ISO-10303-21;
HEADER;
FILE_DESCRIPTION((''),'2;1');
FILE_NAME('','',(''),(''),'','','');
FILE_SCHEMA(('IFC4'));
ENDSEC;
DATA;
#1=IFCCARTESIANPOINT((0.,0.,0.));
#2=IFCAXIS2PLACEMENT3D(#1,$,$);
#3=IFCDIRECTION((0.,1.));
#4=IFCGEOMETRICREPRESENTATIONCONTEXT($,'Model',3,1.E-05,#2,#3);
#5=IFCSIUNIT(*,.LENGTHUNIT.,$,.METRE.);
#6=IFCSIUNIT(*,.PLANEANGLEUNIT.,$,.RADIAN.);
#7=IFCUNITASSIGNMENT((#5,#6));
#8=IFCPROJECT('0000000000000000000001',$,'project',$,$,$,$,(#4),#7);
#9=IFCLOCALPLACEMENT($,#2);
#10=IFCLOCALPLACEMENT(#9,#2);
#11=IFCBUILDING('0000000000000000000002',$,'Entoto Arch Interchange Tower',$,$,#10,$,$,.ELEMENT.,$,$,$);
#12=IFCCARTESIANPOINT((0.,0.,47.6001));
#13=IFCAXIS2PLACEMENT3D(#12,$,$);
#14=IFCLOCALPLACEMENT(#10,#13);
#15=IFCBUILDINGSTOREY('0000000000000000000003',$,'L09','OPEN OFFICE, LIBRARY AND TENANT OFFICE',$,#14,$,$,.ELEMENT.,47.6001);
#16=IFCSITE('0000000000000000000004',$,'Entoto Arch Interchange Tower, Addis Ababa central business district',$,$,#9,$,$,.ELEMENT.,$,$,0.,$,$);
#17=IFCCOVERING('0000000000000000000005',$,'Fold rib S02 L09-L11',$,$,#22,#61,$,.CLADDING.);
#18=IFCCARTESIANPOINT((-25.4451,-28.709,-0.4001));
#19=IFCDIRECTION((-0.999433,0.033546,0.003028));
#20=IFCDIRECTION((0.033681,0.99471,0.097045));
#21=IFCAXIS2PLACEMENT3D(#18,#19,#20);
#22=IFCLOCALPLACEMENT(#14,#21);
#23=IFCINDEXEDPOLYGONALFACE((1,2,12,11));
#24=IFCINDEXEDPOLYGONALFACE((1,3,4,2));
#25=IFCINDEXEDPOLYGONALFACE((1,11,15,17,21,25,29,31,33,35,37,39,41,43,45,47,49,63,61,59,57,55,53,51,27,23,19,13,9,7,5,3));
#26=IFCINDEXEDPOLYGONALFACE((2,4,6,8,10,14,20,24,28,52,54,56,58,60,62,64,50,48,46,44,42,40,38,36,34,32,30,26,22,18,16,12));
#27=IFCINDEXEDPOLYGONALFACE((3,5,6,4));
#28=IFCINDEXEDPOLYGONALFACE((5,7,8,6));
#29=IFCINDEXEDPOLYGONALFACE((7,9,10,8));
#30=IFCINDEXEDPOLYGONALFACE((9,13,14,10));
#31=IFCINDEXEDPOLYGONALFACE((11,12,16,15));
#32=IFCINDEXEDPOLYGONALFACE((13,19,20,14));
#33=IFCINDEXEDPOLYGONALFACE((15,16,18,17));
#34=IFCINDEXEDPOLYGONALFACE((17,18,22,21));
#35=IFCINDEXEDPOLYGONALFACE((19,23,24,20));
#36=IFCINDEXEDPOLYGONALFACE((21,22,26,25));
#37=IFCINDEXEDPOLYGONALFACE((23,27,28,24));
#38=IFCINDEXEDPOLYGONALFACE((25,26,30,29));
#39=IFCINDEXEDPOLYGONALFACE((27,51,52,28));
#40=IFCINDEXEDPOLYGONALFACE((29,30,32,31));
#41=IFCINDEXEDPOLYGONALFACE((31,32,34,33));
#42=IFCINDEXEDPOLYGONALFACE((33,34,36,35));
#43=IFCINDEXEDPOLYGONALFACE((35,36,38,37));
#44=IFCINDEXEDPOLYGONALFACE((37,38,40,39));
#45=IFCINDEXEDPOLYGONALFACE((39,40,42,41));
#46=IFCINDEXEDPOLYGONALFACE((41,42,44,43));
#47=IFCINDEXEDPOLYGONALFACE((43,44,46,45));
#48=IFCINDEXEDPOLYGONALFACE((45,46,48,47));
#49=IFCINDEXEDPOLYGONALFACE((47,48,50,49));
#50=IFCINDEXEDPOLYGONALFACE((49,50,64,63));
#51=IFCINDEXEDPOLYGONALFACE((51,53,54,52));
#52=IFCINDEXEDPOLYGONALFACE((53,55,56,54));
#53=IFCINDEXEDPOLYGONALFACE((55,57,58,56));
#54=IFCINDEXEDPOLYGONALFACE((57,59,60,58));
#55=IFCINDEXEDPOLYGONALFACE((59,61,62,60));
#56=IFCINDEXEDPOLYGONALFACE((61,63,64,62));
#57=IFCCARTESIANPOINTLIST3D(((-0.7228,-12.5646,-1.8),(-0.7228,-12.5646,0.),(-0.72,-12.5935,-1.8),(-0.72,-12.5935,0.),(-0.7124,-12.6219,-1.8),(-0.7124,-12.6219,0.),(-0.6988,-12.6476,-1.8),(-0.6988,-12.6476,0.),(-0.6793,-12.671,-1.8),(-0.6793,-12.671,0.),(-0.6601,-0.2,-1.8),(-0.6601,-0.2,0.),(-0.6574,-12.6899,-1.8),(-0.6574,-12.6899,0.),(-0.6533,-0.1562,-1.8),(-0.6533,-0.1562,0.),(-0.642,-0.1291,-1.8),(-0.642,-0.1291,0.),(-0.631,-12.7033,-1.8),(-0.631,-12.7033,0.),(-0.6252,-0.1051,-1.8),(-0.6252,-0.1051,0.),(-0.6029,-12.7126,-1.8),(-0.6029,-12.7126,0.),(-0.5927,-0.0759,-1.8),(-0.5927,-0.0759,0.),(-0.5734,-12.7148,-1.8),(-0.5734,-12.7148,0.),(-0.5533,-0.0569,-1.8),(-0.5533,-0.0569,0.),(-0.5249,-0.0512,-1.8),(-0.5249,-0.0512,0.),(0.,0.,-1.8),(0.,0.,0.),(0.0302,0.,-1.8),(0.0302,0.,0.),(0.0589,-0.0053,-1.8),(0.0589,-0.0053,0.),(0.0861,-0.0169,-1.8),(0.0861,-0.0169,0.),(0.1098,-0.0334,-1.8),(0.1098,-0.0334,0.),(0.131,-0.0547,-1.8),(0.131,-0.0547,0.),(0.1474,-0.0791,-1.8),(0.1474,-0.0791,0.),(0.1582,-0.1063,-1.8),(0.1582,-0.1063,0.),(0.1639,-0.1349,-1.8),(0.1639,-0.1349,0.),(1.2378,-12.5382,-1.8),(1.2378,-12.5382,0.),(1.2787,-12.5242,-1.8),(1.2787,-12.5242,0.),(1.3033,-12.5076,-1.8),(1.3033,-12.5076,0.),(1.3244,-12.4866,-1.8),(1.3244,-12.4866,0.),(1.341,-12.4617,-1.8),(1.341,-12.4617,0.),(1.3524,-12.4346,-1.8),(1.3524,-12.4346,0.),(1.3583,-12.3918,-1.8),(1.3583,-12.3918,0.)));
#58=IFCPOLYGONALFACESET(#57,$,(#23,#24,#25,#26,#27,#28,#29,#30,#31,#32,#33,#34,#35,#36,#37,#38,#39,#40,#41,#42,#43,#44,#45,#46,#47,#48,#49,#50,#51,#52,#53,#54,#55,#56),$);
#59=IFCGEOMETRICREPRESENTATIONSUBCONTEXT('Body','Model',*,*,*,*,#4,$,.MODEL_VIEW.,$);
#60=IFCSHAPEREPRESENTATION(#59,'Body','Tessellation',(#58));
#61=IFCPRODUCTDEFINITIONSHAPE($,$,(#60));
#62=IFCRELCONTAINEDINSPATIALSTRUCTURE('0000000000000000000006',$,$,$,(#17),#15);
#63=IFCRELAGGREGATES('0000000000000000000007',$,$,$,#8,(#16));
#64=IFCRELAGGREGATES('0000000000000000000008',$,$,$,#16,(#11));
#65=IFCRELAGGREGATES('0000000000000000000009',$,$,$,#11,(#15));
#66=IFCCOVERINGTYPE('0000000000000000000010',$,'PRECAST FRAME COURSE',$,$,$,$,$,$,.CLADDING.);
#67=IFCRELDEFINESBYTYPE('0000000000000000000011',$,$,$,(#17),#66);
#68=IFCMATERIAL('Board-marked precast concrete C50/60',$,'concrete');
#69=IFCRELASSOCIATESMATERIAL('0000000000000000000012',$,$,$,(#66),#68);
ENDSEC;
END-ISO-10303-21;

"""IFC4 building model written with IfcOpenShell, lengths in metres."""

from ifc_helpers import new_model, si_unit, direction, frame, origin, place, context, subcontext, project, spatial, polyline, outline, extrude, material, type_object, element, save


model = new_model("IFC4")

# Units and contexts
model_context = context("Model", 3, precision=1e-05, world=origin(), true_north=direction((0.0, 1.0)))
body_context = subcontext(model_context, "Body", "Model", "MODEL_VIEW")
ifc_project = project(units=[si_unit("LENGTHUNIT", "METRE"), si_unit("PLANEANGLEUNIT", "RADIAN")], contexts=[model_context])

# Site, building, storey
site_placement = place(None, origin())
site = spatial("IfcSite", under=ifc_project, at=site_placement, Name="Entoto Arch Interchange Tower, Addis Ababa central business district", CompositionType="ELEMENT", RefElevation=0.0)
building_placement = place(site_placement, origin())
building = spatial("IfcBuilding", under=site, at=building_placement, Name="Entoto Arch Interchange Tower", CompositionType="ELEMENT")
storey_placement = place(building_placement, frame((0.0, 0.0, 47.6001)))
storey = spatial("IfcBuildingStorey", under=building, at=storey_placement, Name="L09", Description="OPEN OFFICE, LIBRARY AND TENANT OFFICE", CompositionType="ELEMENT", Elevation=47.6001)

# Shared definitions
ifc_material_1 = material(Name="Board-marked precast concrete C50/60", Category="concrete")

# Covering
covering_type = type_object("IfcCoveringType", Name="PRECAST FRAME COURSE", PredefinedType="CLADDING", material=ifc_material_1)
covering_placement = place(storey_placement, frame((-25.4451, -28.709, -0.4001), z_axis=(-0.999433, 0.033546, 0.003028), x_axis=(0.033681, 0.99471, 0.097045)))
element("IfcCovering", 1, at=covering_placement, inside=storey, type_object=covering_type, Name="Fold rib S02 L09-L11", PredefinedType="CLADDING", context=body_context, shape_type="SweptSolid", body=[
    extrude(outline(polyline([(0.0, 0.0), (0.0302, 0.0), (0.0589, -0.0053), (0.0861, -0.0169), (0.1098, -0.0334), (0.131, -0.0547), (0.1474, -0.0791), (0.1582, -0.1063), (0.1639, -0.1349), (1.3583, -12.3918), (1.3524, -12.4346), (1.341, -12.4617), (1.3244, -12.4866), (1.3033, -12.5076), (1.2787, -12.5242), (1.2378, -12.5382), (-0.5734, -12.7148), (-0.6029, -12.7126), (-0.631, -12.7033), (-0.6574, -12.6899), (-0.6793, -12.671), (-0.6988, -12.6476), (-0.7124, -12.6219), (-0.72, -12.5935), (-0.7228, -12.5646), (-0.6601, -0.2), (-0.6533, -0.1562), (-0.642, -0.1291), (-0.6252, -0.1051), (-0.5927, -0.0759), (-0.5533, -0.0569), (-0.5249, -0.0512), (0.0, 0.0)])), origin(), (0.0, 0.0, -1.0), 1.8),
])

save(model, "model.ifc")
